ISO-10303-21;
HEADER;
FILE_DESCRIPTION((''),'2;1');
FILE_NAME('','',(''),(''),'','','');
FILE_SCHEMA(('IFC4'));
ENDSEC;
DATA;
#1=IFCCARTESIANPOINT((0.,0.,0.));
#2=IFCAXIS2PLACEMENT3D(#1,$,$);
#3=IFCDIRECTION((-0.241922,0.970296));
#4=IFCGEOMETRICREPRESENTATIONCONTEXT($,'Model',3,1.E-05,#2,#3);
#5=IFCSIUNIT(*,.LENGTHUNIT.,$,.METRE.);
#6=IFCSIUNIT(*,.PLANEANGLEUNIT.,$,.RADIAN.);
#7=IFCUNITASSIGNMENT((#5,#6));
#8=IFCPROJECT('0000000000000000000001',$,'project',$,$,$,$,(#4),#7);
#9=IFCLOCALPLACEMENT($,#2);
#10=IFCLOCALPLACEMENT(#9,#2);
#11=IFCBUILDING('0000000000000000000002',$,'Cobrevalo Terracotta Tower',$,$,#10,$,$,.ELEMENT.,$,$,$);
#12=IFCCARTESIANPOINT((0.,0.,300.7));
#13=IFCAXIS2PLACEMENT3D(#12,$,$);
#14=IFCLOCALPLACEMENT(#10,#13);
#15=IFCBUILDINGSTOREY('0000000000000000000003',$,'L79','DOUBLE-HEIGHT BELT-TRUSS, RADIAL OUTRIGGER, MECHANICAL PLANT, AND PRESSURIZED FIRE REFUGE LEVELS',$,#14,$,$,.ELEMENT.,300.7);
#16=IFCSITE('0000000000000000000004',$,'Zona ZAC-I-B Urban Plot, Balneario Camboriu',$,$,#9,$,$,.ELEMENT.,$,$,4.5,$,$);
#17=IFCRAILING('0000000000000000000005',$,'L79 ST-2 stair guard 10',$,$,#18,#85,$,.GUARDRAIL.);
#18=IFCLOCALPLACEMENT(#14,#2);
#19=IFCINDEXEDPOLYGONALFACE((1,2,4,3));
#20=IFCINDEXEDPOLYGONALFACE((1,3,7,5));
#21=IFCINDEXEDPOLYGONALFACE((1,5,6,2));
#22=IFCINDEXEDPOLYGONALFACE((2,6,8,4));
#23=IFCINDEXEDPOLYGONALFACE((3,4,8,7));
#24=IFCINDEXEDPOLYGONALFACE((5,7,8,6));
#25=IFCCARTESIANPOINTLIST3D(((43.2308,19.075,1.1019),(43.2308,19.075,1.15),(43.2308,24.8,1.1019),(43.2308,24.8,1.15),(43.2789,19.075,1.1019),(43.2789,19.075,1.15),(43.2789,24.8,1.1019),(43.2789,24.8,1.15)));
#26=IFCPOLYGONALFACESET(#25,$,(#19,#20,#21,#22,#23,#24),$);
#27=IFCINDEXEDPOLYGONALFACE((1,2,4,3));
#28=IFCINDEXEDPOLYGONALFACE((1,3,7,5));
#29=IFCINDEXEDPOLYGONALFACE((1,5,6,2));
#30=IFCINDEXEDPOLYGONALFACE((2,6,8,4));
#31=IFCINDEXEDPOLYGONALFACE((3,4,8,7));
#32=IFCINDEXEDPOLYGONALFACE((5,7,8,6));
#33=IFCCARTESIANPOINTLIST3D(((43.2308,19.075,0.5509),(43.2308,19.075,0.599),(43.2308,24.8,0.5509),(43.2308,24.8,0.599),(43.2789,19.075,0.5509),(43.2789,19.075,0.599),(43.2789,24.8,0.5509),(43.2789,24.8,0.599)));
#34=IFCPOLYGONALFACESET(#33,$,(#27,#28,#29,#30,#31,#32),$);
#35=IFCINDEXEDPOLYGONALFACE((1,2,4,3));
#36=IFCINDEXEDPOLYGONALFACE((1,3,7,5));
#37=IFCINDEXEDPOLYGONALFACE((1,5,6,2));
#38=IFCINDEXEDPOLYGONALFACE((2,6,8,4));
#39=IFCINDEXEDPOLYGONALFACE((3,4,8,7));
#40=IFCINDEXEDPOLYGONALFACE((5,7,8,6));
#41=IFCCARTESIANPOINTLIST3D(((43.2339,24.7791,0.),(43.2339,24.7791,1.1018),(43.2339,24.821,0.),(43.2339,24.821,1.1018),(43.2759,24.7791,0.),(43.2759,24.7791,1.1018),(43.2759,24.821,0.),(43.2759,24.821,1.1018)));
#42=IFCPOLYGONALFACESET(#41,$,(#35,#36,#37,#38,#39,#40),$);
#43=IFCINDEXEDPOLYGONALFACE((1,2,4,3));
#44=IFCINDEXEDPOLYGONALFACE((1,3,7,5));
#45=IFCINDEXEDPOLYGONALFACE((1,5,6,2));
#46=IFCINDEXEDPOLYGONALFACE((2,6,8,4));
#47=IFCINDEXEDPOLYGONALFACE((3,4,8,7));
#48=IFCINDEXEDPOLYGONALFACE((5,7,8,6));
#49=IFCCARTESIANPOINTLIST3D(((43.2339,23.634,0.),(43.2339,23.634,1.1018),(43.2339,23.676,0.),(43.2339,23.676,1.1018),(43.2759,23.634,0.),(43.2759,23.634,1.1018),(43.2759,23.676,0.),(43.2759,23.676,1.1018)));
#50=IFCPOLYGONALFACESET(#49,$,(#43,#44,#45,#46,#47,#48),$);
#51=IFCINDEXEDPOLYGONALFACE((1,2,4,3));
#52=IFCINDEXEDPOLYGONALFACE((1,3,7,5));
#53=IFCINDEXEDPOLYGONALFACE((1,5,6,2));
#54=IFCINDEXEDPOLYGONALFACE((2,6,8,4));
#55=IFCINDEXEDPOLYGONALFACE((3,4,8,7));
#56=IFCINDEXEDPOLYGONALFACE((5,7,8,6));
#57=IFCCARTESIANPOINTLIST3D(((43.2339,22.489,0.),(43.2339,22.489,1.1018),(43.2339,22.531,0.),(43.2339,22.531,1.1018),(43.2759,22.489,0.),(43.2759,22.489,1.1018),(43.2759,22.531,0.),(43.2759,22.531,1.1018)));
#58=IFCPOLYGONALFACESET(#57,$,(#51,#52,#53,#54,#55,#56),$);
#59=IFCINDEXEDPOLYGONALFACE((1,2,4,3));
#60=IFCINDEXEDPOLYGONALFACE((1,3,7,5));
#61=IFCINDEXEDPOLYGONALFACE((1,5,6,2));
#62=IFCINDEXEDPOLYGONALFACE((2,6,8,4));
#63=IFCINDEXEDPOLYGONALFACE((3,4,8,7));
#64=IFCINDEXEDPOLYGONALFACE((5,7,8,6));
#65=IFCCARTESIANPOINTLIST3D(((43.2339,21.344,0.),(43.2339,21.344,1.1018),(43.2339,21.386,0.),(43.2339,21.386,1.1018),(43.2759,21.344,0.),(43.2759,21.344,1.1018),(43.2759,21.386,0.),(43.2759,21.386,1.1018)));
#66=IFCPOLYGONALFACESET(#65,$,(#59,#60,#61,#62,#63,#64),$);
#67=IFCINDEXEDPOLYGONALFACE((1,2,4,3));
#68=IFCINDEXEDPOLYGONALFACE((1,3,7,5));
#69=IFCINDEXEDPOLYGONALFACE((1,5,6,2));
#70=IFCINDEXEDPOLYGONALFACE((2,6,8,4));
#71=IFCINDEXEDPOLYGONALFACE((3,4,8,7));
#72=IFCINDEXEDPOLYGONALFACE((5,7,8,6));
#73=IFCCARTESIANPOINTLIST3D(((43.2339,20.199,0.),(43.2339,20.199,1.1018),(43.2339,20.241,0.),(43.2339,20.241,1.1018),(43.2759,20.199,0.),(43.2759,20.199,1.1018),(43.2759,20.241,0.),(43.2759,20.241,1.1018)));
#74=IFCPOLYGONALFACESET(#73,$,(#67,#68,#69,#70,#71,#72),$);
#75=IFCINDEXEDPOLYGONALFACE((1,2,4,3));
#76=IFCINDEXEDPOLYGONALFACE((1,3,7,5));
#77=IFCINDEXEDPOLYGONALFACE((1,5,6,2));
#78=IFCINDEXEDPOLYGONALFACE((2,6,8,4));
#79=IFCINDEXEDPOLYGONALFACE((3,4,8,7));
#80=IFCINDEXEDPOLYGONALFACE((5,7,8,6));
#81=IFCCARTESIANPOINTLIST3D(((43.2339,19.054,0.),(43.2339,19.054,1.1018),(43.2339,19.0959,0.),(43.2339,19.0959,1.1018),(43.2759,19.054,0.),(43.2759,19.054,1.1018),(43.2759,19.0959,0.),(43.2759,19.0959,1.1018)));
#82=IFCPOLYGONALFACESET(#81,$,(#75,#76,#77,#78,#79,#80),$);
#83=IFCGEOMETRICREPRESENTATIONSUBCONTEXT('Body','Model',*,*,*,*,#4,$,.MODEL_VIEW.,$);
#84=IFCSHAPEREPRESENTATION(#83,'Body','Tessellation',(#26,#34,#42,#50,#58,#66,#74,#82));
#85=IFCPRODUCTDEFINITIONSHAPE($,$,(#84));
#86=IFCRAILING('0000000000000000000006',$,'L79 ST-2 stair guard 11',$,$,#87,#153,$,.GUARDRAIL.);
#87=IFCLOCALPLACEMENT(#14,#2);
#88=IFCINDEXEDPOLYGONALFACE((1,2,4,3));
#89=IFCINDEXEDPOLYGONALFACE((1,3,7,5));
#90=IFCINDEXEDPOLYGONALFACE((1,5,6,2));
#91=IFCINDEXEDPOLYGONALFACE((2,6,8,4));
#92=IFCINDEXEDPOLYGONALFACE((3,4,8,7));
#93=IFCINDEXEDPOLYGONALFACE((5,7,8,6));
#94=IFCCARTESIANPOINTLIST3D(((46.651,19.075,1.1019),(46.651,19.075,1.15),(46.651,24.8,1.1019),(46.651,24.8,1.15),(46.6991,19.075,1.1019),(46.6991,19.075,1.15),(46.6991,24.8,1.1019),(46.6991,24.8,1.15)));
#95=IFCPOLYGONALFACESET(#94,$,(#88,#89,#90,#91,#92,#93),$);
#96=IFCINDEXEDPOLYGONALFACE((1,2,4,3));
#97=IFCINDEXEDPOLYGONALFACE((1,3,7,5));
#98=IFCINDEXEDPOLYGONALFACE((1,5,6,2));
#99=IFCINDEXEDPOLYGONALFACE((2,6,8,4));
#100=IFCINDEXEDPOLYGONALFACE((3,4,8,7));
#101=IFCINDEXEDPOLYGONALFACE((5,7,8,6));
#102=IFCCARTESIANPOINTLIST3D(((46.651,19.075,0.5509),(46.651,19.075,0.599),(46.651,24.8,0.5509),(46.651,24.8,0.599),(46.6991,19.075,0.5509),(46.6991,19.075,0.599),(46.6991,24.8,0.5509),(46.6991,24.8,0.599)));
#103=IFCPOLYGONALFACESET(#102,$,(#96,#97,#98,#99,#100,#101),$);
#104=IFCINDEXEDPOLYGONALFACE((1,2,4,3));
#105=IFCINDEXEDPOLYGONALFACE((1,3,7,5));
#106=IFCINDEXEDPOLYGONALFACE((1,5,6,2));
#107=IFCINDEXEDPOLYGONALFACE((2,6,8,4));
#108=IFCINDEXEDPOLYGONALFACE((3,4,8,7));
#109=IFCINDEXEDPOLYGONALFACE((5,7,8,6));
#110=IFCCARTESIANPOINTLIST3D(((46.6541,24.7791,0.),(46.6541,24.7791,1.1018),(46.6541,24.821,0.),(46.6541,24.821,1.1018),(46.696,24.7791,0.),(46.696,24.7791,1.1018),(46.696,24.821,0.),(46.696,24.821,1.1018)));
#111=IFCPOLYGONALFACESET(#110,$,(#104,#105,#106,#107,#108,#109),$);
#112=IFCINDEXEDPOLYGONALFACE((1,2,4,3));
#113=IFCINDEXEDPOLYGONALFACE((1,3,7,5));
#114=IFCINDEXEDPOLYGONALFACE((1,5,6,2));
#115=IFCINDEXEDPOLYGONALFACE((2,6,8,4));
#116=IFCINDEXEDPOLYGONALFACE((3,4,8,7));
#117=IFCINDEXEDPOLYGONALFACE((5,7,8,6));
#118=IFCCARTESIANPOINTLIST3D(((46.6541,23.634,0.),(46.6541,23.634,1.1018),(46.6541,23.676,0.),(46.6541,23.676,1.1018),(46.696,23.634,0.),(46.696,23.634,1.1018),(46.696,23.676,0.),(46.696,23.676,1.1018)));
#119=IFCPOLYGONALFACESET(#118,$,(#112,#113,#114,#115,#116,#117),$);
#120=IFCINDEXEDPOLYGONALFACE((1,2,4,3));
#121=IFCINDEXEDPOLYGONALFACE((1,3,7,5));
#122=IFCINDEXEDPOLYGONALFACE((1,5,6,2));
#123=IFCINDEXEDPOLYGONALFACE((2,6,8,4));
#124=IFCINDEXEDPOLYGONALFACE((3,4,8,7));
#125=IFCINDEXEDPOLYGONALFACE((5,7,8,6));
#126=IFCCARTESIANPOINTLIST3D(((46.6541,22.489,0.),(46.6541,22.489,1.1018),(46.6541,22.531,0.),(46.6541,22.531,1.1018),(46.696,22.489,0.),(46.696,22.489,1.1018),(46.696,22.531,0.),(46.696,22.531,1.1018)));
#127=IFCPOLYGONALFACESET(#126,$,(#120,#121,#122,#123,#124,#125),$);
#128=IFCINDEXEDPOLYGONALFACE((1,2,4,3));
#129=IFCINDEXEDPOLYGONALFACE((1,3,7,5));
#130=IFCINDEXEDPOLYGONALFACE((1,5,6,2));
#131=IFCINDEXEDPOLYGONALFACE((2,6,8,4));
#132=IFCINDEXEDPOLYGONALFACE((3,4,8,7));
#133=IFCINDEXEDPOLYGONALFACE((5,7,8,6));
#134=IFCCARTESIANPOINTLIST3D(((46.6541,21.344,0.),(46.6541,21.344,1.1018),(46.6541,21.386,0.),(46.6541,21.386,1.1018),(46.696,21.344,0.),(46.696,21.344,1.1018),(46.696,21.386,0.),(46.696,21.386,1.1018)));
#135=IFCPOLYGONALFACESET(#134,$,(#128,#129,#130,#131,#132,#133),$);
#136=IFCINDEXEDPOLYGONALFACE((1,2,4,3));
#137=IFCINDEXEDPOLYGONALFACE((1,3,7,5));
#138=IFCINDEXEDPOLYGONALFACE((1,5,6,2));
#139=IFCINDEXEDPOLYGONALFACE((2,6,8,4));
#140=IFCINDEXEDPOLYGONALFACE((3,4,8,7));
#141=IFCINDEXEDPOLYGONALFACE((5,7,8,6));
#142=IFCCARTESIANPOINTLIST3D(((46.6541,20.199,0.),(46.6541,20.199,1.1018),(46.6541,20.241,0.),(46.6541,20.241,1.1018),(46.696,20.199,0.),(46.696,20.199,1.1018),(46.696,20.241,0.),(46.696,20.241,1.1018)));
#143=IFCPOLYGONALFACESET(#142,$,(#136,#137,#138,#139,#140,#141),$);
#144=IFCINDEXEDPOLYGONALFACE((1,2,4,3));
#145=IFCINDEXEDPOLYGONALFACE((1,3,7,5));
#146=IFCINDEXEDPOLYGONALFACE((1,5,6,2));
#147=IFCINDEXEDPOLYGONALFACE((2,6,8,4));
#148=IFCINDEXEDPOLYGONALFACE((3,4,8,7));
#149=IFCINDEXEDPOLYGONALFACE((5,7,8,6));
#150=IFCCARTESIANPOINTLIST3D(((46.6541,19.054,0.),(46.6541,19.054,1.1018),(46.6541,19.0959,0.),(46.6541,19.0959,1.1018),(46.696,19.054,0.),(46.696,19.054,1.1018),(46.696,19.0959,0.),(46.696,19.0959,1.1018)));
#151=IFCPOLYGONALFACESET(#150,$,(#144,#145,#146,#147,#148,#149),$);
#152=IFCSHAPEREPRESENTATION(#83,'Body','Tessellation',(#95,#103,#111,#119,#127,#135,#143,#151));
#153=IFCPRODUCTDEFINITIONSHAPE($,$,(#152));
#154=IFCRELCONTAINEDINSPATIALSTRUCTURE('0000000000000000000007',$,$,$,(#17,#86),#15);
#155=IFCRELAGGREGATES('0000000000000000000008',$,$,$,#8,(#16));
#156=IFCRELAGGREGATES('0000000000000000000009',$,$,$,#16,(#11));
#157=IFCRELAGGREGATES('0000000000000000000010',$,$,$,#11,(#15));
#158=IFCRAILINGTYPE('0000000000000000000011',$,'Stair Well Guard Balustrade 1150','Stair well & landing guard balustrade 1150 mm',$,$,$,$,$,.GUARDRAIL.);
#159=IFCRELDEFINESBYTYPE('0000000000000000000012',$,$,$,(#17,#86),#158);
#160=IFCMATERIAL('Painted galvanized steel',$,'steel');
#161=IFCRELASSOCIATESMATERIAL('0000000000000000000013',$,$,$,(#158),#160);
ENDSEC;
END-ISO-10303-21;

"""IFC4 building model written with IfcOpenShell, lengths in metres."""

from ifc_helpers import new_model, si_unit, direction, frame, origin, origin_2d, place, context, subcontext, project, spatial, rectangle, extrude, material, type_object, element, save


model = new_model("IFC4")

# Units and contexts
model_context = context("Model", 3, precision=1e-05, world=origin(), true_north=direction((-0.241922, 0.970296)))
body_context = subcontext(model_context, "Body", "Model", "MODEL_VIEW")
ifc_project = project(units=[si_unit("LENGTHUNIT", "METRE"), si_unit("PLANEANGLEUNIT", "RADIAN")], contexts=[model_context])

# Site, building, storey
site_placement = place(None, origin())
site = spatial("IfcSite", under=ifc_project, at=site_placement, Name="Zona ZAC-I-B Urban Plot, Balneario Camboriu", CompositionType="ELEMENT", RefElevation=4.5)
building_placement = place(site_placement, origin())
building = spatial("IfcBuilding", under=site, at=building_placement, Name="Cobrevalo Terracotta Tower", CompositionType="ELEMENT")
storey_placement = place(building_placement, frame((0.0, 0.0, 300.7)))
storey = spatial("IfcBuildingStorey", under=building, at=storey_placement, Name="L79", Description="DOUBLE-HEIGHT BELT-TRUSS, RADIAL OUTRIGGER, MECHANICAL PLANT, AND PRESSURIZED FIRE REFUGE LEVELS", CompositionType="ELEMENT", Elevation=300.7)

# Railings
ifc_material_1 = material(Name="Painted galvanized steel", Category="steel")
railing_type = type_object("IfcRailingType", Name="Stair Well Guard Balustrade 1150", Description="Stair well & landing guard balustrade 1150 mm", PredefinedType="GUARDRAIL", material=ifc_material_1)
for number, where, name in (
    (1, (43.2549, 24.8, 0.0), "L79 ST-2 stair guard 10"),
    (2, (46.675, 24.8, 0.0), "L79 ST-2 stair guard 11"),
):
    element("IfcRailing", number, at=place(storey_placement, frame(where)), inside=storey, type_object=railing_type, Name=name, PredefinedType="GUARDRAIL", context=body_context, shape_type="SweptSolid", body=[
        extrude(rectangle(XDim=0.0481, YDim=0.0481, at=origin_2d()), frame((0.0, 0.0, 1.126), z_axis=(0.0, -1.0, 0.0), x_axis=(1.0, 0.0, 0.0)), (0.0, 0.0, 1.0), 5.7251),
        extrude(rectangle(XDim=0.0481, YDim=0.0481, at=origin_2d()), frame((0.0, 0.0, 0.575), z_axis=(0.0, -1.0, 0.0), x_axis=(1.0, 0.0, 0.0)), (0.0, 0.0, 1.0), 5.7251),
        extrude(rectangle(XDim=0.042, YDim=0.042, at=origin_2d()), origin(), (0.0, 0.0, 1.0), 1.1018),
        extrude(rectangle(XDim=0.042, YDim=0.042, at=origin_2d()), frame((0.0, -1.145, 0.0)), (0.0, 0.0, 1.0), 1.1018),
        extrude(rectangle(XDim=0.042, YDim=0.042, at=origin_2d()), frame((0.0, -2.29, 0.0)), (0.0, 0.0, 1.0), 1.1018),
        extrude(rectangle(XDim=0.042, YDim=0.042, at=origin_2d()), frame((0.0, -3.4351, 0.0)), (0.0, 0.0, 1.0), 1.1018),
        extrude(rectangle(XDim=0.042, YDim=0.042, at=origin_2d()), frame((0.0, -4.5801, 0.0)), (0.0, 0.0, 1.0), 1.1018),
        extrude(rectangle(XDim=0.042, YDim=0.042, at=origin_2d()), frame((0.0, -5.7251, 0.0)), (0.0, 0.0, 1.0), 1.1018),
    ])

save(model, "model.ifc")
